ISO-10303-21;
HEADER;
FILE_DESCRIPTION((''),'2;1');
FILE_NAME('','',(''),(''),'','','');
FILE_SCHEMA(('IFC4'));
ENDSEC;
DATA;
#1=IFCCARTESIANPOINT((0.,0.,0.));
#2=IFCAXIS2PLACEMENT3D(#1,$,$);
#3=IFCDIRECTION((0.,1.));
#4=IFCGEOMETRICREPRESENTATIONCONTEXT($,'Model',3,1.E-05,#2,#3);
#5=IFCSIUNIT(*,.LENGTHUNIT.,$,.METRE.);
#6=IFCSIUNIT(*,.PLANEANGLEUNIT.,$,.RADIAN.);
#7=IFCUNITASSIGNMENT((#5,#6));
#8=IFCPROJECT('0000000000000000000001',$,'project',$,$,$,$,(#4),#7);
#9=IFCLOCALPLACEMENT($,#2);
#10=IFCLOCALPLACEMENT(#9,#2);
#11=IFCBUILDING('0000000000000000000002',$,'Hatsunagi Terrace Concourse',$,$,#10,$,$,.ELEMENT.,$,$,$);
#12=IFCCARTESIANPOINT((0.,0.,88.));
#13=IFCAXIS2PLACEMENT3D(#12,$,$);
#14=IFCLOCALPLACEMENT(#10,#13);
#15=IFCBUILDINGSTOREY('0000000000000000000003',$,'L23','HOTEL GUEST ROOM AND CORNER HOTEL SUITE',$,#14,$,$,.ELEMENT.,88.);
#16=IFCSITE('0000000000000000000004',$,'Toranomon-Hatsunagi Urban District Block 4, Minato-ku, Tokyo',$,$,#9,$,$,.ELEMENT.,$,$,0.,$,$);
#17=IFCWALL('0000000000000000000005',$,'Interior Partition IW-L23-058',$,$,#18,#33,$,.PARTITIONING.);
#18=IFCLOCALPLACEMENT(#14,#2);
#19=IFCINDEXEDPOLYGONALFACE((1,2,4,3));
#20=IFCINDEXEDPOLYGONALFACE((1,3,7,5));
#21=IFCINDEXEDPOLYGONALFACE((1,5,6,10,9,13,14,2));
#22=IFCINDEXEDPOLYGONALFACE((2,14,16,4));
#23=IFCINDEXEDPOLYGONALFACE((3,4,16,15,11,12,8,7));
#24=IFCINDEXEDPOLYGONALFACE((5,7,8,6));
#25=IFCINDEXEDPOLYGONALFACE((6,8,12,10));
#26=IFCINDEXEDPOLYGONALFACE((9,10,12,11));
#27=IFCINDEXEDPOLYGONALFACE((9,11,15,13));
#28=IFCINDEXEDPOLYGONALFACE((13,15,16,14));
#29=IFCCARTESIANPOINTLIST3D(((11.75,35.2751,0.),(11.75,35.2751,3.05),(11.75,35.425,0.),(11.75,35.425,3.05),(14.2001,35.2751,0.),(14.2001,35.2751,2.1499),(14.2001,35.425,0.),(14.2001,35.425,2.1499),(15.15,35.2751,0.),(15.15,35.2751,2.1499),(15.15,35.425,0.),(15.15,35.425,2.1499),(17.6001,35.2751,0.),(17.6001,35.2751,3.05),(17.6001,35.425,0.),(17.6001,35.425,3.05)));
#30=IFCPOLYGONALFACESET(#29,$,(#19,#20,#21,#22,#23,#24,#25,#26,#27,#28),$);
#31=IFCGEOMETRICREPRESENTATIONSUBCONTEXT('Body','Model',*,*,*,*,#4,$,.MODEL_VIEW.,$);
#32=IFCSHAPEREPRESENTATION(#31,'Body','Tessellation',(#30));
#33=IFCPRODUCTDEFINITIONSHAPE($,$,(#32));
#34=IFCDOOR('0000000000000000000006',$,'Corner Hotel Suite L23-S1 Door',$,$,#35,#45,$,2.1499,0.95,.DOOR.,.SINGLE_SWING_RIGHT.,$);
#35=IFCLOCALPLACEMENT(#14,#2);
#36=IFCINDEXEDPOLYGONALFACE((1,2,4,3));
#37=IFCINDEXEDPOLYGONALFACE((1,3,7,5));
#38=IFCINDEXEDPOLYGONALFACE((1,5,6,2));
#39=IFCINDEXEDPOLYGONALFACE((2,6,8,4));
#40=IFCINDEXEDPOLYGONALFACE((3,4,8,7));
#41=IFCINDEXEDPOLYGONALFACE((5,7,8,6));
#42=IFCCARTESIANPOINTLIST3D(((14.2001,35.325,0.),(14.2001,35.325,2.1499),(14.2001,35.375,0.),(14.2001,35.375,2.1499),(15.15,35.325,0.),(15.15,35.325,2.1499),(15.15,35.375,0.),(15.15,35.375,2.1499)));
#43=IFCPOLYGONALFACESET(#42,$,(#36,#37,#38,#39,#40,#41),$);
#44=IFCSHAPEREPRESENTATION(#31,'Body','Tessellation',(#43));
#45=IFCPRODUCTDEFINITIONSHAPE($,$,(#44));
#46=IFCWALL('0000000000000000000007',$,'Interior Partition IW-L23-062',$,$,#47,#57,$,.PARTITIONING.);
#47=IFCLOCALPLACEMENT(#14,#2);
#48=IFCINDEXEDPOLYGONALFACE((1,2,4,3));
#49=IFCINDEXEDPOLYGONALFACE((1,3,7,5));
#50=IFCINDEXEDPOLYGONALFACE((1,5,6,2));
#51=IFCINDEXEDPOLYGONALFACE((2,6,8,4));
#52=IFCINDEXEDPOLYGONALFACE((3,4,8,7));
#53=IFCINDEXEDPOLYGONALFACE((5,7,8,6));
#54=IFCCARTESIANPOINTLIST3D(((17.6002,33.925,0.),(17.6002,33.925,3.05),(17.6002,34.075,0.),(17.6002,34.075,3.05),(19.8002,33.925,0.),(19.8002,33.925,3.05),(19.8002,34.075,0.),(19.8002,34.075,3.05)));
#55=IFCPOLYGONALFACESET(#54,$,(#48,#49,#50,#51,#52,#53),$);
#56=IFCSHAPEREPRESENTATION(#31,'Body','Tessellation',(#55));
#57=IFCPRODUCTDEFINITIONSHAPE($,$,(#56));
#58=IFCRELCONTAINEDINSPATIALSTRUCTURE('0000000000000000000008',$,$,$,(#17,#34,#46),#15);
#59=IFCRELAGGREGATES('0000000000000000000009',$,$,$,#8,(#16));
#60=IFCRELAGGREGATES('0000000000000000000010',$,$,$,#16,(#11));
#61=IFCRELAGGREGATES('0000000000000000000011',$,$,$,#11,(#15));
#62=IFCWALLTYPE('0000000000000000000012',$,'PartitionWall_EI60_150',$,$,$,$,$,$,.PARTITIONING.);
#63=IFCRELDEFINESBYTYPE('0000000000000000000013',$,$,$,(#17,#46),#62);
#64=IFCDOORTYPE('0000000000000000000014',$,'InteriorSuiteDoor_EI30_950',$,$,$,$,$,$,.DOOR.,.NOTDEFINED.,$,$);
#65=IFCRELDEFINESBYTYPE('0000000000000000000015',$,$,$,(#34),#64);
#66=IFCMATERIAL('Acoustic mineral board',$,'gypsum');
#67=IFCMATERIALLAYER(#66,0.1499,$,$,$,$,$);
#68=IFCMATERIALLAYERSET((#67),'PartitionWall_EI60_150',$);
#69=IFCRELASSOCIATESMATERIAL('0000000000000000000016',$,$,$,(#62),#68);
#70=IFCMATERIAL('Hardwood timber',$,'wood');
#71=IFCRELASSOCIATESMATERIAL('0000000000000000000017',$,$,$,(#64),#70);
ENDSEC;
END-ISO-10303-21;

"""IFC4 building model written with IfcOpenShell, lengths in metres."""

from ifc_helpers import new_model, si_unit, direction, frame, frame_2d, origin, place, context, subcontext, project, spatial, rectangle, extrude, material, layer, layer_set, type_object, element, fill, save


model = new_model("IFC4")

# Units and contexts
model_context = context("Model", 3, precision=1e-05, world=origin(), true_north=direction((0.0, 1.0)))
body_context = subcontext(model_context, "Body", "Model", "MODEL_VIEW")
ifc_project = project(units=[si_unit("LENGTHUNIT", "METRE"), si_unit("PLANEANGLEUNIT", "RADIAN")], contexts=[model_context])

# Site, building, storey
site_placement = place(None, origin())
site = spatial("IfcSite", under=ifc_project, at=site_placement, Name="Toranomon-Hatsunagi Urban District Block 4, Minato-ku, Tokyo", CompositionType="ELEMENT", RefElevation=0.0)
building_placement = place(site_placement, origin())
building = spatial("IfcBuilding", under=site, at=building_placement, Name="Hatsunagi Terrace Concourse", CompositionType="ELEMENT")
storey_placement = place(building_placement, frame((0.0, 0.0, 88.0)))
storey = spatial("IfcBuildingStorey", under=building, at=storey_placement, Name="L23", Description="HOTEL GUEST ROOM AND CORNER HOTEL SUITE", CompositionType="ELEMENT", Elevation=88.0)

# Shared definitions
ifc_material_1 = material(Name="Acoustic mineral board", Category="gypsum")
ifc_layer_1 = layer(ifc_material_1, 0.1499)
ifc_layer_set_1 = layer_set([ifc_layer_1], Name="PartitionWall_EI60_150")
wall_type_1 = type_object("IfcWallType", Name="PartitionWall_EI60_150", PredefinedType="PARTITIONING", material=ifc_layer_set_1)

# Shared definitions
ifc_material_2 = material(Name="Hardwood timber", Category="wood")
door_type_1 = type_object("IfcDoorType", Name="InteriorSuiteDoor_EI30_950", OperationType="NOTDEFINED", PredefinedType="DOOR", material=ifc_material_2)

# Wall, opening, door
wall_1_placement = place(storey_placement, frame((11.75, 35.3501, 0.0), z_axis=(0.0, 0.0, 1.0), x_axis=(1.0, 0.0, 0.0)))
wall_1 = element("IfcWall", 1, at=wall_1_placement, inside=storey, type_object=wall_type_1, Name="Interior Partition IW-L23-058", PredefinedType="PARTITIONING", context=body_context, shape_type="SweptSolid", body=[
    extrude(rectangle(XDim=5.8501, YDim=0.1499, at=frame_2d((2.925, 0.0))), origin(), (0.0, 0.0, 1.0), 3.05),
])
opening_1_placement = place(wall_1_placement, frame((2.45, 0.0, 0.0)))
opening_1 = element("IfcOpeningElement", 2, at=opening_1_placement, cuts=wall_1, PredefinedType="OPENING", context=body_context, shape_type="SweptSolid", body=[
    extrude(rectangle(XDim=0.95, YDim=2.1499, at=frame_2d((0.4751, 1.075))), frame((0.0, 0.085, 0.0), z_axis=(0.0, -1.0, 0.0), x_axis=(1.0, 0.0, 0.0)), (0.0, 0.0, 1.0), 0.1699),
])
door_1_placement = place(opening_1_placement, origin())
door_1 = element("IfcDoor", 3, at=door_1_placement, inside=storey, type_object=door_type_1, Name="Corner Hotel Suite L23-S1 Door", OperationType="SINGLE_SWING_RIGHT", OverallHeight=2.1499, OverallWidth=0.95, PredefinedType="DOOR", context=body_context, shape_type="SweptSolid", body=[
    extrude(rectangle(XDim=0.95, YDim=2.1499, at=frame_2d((0.4751, 1.075))), frame((0.0, 0.0249, 0.0), z_axis=(0.0, -1.0, 0.0), x_axis=(1.0, 0.0, 0.0)), (0.0, 0.0, 1.0), 0.05),
])
fill(opening_1, door_1)

# Wall
wall_2_placement = place(storey_placement, frame((17.6001, 34.0, 0.0), z_axis=(0.0, 0.0, 1.0), x_axis=(1.0, 0.0, 0.0)))
element("IfcWall", 4, at=wall_2_placement, inside=storey, type_object=wall_type_1, Name="Interior Partition IW-L23-062", PredefinedType="PARTITIONING", context=body_context, shape_type="SweptSolid", body=[
    extrude(rectangle(XDim=2.2, YDim=0.1499, at=frame_2d((1.1001, 0.0))), origin(), (0.0, 0.0, 1.0), 3.05),
])

save(model, "model.ifc")
